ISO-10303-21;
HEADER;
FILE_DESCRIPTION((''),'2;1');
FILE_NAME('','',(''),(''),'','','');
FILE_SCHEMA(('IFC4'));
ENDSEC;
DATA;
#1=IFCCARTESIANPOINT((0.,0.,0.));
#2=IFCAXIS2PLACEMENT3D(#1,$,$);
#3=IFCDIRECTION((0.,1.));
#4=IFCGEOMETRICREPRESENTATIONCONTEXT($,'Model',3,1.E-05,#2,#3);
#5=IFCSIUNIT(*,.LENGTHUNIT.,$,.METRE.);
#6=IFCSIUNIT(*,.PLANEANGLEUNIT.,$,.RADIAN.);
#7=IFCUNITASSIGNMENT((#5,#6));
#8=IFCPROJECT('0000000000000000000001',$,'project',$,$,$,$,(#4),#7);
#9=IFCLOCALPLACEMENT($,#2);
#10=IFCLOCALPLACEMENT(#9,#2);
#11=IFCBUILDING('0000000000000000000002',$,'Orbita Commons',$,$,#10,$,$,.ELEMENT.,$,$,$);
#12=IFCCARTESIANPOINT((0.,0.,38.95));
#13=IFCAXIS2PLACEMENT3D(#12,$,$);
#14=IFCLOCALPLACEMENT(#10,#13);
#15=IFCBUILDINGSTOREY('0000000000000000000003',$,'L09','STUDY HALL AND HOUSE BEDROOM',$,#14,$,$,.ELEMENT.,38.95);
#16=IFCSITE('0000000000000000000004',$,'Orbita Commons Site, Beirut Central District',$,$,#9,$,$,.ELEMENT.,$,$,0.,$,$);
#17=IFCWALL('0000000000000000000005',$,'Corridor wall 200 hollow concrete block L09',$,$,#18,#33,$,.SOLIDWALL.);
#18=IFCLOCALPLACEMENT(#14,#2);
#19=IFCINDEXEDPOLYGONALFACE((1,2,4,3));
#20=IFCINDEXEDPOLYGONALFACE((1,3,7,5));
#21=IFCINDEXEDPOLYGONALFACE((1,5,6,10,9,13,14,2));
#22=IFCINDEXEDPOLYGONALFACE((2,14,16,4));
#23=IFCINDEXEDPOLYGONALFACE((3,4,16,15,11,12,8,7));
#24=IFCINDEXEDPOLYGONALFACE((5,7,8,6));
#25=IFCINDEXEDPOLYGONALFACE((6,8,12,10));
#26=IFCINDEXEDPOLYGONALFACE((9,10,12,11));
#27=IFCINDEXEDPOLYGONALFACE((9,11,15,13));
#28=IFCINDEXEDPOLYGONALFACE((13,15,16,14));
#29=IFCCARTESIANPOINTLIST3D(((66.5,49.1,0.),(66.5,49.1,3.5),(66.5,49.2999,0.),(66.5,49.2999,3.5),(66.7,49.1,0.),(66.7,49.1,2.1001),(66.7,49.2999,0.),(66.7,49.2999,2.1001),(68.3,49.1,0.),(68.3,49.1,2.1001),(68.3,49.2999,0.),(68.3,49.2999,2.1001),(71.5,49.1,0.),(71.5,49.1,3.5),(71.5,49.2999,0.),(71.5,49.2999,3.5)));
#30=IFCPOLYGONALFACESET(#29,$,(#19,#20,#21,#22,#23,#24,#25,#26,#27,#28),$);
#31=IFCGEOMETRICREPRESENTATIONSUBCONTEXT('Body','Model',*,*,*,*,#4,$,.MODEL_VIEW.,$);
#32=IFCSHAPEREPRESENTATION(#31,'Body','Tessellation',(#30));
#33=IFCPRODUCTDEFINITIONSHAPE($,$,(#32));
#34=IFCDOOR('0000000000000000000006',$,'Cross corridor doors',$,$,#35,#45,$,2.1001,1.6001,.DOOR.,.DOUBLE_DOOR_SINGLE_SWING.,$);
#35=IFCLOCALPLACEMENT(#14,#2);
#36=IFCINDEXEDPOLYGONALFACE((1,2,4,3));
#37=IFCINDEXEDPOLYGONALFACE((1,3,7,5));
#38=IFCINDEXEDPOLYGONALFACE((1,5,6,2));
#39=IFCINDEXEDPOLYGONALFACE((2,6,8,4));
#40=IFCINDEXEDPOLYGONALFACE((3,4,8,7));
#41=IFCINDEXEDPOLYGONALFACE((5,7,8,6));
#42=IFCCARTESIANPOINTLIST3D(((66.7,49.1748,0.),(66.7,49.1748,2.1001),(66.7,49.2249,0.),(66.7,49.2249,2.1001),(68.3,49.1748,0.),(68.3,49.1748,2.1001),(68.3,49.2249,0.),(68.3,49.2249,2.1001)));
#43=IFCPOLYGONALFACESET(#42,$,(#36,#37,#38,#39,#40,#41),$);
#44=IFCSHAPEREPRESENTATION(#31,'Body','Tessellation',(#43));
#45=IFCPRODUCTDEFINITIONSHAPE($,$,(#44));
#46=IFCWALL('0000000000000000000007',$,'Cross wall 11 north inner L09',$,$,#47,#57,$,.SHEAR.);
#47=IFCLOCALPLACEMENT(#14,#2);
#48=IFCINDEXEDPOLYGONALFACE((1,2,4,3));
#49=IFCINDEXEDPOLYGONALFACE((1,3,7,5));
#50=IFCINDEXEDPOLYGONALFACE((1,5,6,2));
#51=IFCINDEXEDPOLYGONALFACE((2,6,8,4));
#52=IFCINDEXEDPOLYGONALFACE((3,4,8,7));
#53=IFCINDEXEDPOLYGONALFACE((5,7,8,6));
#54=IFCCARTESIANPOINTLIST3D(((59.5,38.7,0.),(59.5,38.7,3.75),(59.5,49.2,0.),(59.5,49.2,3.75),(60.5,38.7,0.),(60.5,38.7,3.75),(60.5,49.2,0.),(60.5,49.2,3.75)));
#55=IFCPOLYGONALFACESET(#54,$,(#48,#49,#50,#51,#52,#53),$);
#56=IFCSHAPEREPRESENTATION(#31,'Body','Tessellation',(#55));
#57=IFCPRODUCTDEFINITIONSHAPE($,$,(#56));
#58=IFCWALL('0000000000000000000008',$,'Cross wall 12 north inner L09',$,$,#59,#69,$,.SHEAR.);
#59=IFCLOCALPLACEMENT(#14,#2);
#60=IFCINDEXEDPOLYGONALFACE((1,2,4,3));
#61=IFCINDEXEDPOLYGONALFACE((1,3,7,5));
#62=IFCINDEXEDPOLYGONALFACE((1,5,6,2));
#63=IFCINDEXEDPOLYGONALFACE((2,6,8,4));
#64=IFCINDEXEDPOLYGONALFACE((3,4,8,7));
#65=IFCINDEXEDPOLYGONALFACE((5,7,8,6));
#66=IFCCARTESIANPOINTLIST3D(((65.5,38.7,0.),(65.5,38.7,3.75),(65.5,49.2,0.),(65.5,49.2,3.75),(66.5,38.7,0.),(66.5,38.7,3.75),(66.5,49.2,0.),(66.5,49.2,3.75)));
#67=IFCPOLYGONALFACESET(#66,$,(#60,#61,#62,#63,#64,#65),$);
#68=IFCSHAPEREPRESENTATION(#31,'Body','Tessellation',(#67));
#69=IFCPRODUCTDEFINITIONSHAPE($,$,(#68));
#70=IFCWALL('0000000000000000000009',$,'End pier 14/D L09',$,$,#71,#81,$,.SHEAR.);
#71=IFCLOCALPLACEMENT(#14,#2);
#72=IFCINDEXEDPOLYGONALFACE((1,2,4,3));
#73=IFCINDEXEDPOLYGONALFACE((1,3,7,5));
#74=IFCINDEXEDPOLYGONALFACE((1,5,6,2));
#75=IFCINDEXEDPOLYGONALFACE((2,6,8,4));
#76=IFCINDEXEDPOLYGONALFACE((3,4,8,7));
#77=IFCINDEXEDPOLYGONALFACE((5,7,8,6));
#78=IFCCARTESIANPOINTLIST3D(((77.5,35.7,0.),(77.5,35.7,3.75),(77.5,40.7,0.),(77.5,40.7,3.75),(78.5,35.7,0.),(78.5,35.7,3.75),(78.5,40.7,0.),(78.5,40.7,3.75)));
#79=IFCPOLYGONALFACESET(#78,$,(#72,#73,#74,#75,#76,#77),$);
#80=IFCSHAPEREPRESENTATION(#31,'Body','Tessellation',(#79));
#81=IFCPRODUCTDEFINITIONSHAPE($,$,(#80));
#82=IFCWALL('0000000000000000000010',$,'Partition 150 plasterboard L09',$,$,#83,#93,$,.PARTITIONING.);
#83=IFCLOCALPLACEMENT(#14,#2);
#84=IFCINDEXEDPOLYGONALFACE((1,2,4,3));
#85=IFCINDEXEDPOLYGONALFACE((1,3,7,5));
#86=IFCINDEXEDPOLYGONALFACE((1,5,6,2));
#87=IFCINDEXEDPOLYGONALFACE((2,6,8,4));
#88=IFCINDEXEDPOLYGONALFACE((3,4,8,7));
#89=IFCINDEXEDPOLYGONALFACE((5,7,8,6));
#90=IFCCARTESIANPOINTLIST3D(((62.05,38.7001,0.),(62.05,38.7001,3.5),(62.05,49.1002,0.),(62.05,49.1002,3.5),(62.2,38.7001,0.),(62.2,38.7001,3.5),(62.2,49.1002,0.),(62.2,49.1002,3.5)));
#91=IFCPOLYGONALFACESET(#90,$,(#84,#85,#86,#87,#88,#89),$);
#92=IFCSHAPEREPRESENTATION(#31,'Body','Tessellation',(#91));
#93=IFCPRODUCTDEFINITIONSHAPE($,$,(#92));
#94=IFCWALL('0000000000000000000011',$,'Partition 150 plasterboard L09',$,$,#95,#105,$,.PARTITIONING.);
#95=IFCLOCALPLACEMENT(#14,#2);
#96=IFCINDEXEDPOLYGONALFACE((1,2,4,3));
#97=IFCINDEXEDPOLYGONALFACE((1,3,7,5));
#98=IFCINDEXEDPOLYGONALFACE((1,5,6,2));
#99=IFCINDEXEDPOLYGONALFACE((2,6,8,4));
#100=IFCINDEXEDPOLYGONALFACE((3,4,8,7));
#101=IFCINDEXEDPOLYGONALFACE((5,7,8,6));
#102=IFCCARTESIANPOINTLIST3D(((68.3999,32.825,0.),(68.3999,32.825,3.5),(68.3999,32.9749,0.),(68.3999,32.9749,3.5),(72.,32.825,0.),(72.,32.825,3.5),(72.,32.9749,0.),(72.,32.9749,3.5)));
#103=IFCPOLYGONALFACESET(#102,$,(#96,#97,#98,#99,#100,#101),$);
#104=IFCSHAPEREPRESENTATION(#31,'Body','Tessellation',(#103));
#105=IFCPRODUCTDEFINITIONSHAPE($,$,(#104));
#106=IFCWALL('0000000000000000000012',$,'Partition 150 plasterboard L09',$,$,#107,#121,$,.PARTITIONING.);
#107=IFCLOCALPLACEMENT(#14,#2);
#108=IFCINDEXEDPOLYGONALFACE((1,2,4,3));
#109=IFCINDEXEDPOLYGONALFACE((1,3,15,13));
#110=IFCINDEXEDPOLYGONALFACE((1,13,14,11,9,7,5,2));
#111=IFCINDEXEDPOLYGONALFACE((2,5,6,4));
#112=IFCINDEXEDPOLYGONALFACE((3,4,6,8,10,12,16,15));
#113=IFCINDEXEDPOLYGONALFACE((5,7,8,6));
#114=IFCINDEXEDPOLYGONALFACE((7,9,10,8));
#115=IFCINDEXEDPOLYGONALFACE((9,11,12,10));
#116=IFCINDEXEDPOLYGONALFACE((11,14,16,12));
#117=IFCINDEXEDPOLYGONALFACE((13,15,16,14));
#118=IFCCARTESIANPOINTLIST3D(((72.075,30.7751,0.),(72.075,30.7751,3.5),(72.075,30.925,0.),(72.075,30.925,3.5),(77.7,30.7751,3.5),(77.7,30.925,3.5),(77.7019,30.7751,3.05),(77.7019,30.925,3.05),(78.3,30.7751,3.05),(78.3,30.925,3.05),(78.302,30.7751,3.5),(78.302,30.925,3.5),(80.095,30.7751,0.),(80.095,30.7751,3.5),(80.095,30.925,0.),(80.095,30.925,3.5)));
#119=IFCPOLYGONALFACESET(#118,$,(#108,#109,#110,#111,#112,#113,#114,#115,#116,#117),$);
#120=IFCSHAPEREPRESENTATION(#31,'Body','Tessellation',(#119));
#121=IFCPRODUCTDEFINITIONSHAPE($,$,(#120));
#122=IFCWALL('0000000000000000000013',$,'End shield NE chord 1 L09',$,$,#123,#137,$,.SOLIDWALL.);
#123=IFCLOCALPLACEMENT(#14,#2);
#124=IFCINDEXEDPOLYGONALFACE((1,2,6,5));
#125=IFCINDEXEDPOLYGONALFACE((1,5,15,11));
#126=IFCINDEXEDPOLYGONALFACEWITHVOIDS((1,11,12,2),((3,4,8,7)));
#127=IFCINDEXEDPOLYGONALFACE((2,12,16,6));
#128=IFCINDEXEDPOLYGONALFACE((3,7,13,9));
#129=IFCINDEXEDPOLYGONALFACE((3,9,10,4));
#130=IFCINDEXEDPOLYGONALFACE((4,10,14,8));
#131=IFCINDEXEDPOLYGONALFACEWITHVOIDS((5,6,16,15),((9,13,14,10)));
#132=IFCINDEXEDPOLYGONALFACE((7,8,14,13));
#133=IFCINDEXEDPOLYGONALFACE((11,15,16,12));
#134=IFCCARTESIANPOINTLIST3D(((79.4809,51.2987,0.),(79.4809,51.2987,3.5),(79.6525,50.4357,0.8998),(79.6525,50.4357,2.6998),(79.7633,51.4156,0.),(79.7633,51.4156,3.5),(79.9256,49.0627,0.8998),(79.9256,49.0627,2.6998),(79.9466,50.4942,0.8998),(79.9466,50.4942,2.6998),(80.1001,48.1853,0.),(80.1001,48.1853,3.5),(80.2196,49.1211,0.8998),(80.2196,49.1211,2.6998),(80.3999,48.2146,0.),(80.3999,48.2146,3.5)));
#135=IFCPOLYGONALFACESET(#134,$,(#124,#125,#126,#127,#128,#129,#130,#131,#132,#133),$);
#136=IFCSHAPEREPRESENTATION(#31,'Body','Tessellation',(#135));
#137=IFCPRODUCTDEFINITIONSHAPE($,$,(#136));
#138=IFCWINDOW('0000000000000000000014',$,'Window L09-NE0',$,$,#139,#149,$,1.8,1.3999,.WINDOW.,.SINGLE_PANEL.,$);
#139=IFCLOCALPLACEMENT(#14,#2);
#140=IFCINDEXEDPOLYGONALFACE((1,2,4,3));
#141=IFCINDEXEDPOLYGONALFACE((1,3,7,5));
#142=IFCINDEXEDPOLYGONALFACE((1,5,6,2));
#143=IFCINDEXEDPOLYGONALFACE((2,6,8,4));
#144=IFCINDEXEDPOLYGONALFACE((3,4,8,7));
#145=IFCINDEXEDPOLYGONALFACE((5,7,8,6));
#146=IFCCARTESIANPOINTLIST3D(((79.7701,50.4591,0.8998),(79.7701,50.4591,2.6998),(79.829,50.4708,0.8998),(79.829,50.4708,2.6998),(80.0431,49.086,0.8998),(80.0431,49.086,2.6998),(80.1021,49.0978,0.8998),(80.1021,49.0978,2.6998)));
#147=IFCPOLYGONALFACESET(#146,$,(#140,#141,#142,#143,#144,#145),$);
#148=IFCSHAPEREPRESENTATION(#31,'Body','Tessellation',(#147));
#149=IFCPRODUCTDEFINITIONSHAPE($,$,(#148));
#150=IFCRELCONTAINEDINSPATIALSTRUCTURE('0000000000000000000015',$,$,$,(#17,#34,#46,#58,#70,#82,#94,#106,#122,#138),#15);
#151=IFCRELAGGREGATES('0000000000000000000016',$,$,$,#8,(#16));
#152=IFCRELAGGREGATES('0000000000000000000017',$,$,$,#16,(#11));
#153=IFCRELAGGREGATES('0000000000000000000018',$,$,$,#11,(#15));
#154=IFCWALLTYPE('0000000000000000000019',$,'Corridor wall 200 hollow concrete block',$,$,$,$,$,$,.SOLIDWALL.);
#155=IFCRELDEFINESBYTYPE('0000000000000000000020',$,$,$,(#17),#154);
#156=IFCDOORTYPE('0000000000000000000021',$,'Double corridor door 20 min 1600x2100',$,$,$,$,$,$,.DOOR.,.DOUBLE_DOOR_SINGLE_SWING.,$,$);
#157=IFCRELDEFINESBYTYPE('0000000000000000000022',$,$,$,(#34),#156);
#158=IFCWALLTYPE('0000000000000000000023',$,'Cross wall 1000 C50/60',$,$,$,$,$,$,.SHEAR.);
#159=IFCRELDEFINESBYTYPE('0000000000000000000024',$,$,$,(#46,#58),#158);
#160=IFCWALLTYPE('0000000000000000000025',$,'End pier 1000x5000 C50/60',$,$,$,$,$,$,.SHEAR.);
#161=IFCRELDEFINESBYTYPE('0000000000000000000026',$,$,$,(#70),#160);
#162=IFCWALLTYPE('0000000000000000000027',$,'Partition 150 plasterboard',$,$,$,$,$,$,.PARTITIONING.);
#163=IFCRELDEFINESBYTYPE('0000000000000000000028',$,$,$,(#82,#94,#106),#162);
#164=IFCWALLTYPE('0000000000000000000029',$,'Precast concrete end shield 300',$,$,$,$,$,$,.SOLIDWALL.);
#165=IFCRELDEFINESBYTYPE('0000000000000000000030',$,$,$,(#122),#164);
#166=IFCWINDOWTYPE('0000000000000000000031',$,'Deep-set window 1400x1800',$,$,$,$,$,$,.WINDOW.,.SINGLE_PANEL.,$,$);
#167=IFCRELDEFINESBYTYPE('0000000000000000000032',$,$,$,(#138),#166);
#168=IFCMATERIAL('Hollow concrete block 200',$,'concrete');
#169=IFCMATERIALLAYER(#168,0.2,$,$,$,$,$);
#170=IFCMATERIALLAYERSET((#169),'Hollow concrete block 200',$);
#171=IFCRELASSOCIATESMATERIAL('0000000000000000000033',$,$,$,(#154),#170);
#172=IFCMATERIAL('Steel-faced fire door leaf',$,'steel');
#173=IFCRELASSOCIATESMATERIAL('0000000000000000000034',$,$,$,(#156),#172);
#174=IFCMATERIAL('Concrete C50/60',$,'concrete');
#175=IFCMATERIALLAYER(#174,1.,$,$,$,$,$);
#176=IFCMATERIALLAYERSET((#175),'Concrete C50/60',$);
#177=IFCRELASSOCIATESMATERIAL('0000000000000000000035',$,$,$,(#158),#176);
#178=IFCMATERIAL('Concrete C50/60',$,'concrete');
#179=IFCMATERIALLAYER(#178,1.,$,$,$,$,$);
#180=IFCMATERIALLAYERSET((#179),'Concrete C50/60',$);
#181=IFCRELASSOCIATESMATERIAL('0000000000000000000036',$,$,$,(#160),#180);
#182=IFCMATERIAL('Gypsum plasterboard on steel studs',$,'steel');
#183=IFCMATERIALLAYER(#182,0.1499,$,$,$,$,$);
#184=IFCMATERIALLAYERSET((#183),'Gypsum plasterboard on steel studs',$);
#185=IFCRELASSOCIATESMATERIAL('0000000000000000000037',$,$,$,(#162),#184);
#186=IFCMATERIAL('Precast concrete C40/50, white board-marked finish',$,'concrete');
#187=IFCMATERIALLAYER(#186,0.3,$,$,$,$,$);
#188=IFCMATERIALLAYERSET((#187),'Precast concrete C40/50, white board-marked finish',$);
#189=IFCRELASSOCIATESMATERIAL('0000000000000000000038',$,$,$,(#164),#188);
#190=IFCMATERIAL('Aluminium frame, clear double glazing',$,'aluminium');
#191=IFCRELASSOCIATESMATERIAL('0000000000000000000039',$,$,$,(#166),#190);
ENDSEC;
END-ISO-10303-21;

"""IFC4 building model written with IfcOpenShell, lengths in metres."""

from ifc_helpers import new_model, si_unit, direction, frame, frame_2d, origin, place, context, subcontext, project, spatial, polyline, rectangle, outline, extrude, material, layer, layer_set, type_object, element, fill, save


model = new_model("IFC4")

# Units and contexts
model_context = context("Model", 3, precision=1e-05, world=origin(), true_north=direction((0.0, 1.0)))
body_context = subcontext(model_context, "Body", "Model", "MODEL_VIEW")
ifc_project = project(units=[si_unit("LENGTHUNIT", "METRE"), si_unit("PLANEANGLEUNIT", "RADIAN")], contexts=[model_context])

# Site, building, storey
site_placement = place(None, origin())
site = spatial("IfcSite", under=ifc_project, at=site_placement, Name="Orbita Commons Site, Beirut Central District", CompositionType="ELEMENT", RefElevation=0.0)
building_placement = place(site_placement, origin())
building = spatial("IfcBuilding", under=site, at=building_placement, Name="Orbita Commons", CompositionType="ELEMENT")
storey_placement = place(building_placement, frame((0.0, 0.0, 38.95)))
storey = spatial("IfcBuildingStorey", under=building, at=storey_placement, Name="L09", Description="STUDY HALL AND HOUSE BEDROOM", CompositionType="ELEMENT", Elevation=38.95)

# Shared definitions
ifc_material_1 = material(Name="Hollow concrete block 200", Category="concrete")
ifc_layer_1 = layer(ifc_material_1, 0.2)
ifc_layer_set_1 = layer_set([ifc_layer_1], Name="Hollow concrete block 200")
wall_type_1 = type_object("IfcWallType", Name="Corridor wall 200 hollow concrete block", PredefinedType="SOLIDWALL", material=ifc_layer_set_1)

# Wall, opening, door
wall_1_placement = place(storey_placement, frame((66.5, 49.2, 0.0), z_axis=(0.0, 0.0, 1.0), x_axis=(1.0, 0.0, 0.0)))
wall_1 = element("IfcWall", 1, at=wall_1_placement, inside=storey, type_object=wall_type_1, Name="Corridor wall 200 hollow concrete block L09", PredefinedType="SOLIDWALL", context=body_context, shape_type="SweptSolid", body=[
    extrude(rectangle(XDim=5.0, YDim=0.2, at=frame_2d((2.5, 0.0))), origin(), (0.0, 0.0, 1.0), 3.5),
])
opening_1_placement = place(wall_1_placement, frame((0.2, 0.0, 0.0)))
opening_1 = element("IfcOpeningElement", 2, at=opening_1_placement, cuts=wall_1, PredefinedType="OPENING", context=body_context, shape_type="SweptSolid", body=[
    extrude(rectangle(XDim=1.6001, YDim=2.1001, at=frame_2d((0.8, 1.05))), frame((0.0, 0.1099, 0.0), z_axis=(0.0, -1.0, 0.0), x_axis=(1.0, 0.0, 0.0)), (0.0, 0.0, 1.0), 0.22),
])
ifc_material_2 = material(Name="Steel-faced fire door leaf", Category="steel")
door_type_1 = type_object("IfcDoorType", Name="Double corridor door 20 min 1600x2100", OperationType="DOUBLE_DOOR_SINGLE_SWING", PredefinedType="DOOR", material=ifc_material_2)
door_1_placement = place(opening_1_placement, origin())
door_1 = element("IfcDoor", 3, at=door_1_placement, inside=storey, type_object=door_type_1, Name="Cross corridor doors", OperationType="DOUBLE_DOOR_SINGLE_SWING", OverallHeight=2.1001, OverallWidth=1.6001, PredefinedType="DOOR", context=body_context, shape_type="SweptSolid", body=[
    extrude(rectangle(XDim=1.6001, YDim=2.1001, at=frame_2d((0.8, 1.05))), frame((0.0, 0.0249, 0.0), z_axis=(0.0, -1.0, 0.0), x_axis=(1.0, 0.0, 0.0)), (0.0, 0.0, 1.0), 0.05),
])
fill(opening_1, door_1)

# Walls
ifc_material_3 = material(Name="Concrete C50/60", Category="concrete")
ifc_layer_2 = layer(ifc_material_3, 1.0)
ifc_layer_set_2 = layer_set([ifc_layer_2], Name="Concrete C50/60")
wall_type_2 = type_object("IfcWallType", Name="Cross wall 1000 C50/60", PredefinedType="SHEAR", material=ifc_layer_set_2)
for number, where, z_axis, x_axis, name in (
    (4, (60.0, 38.7, 0.0), (0.0, 0.0, 1.0), (0.0, 1.0, 0.0), "Cross wall 11 north inner L09"),
    (5, (66.0, 38.7, 0.0), (0.0, 0.0, 1.0), (0.0, 1.0, 0.0), "Cross wall 12 north inner L09"),
):
    element("IfcWall", number, at=place(storey_placement, frame(where, z_axis=z_axis, x_axis=x_axis)), inside=storey, type_object=wall_type_2, Name=name, PredefinedType="SHEAR", context=body_context, shape_type="SweptSolid", body=[
        extrude(rectangle(XDim=10.5, YDim=1.0, at=frame_2d((5.25, 0.0))), origin(), (0.0, 0.0, 1.0), 3.75),
    ])
ifc_material_4 = material(Name="Concrete C50/60", Category="concrete")
ifc_layer_3 = layer(ifc_material_4, 1.0)
ifc_layer_set_3 = layer_set([ifc_layer_3], Name="Concrete C50/60")
wall_type_3 = type_object("IfcWallType", Name="End pier 1000x5000 C50/60", PredefinedType="SHEAR", material=ifc_layer_set_3)
wall_2_placement = place(storey_placement, frame((78.0, 35.7, 0.0), z_axis=(0.0, 0.0, 1.0), x_axis=(0.0, 1.0, 0.0)))
element("IfcWall", 6, at=wall_2_placement, inside=storey, type_object=wall_type_3, Name="End pier 14/D L09", PredefinedType="SHEAR", context=body_context, shape_type="SweptSolid", body=[
    extrude(rectangle(XDim=5.0, YDim=1.0, at=frame_2d((2.5, 0.0))), origin(), (0.0, 0.0, 1.0), 3.75),
])
ifc_material_5 = material(Name="Gypsum plasterboard on steel studs", Category="steel")
ifc_layer_4 = layer(ifc_material_5, 0.1499)
ifc_layer_set_4 = layer_set([ifc_layer_4], Name="Gypsum plasterboard on steel studs")
wall_type_4 = type_object("IfcWallType", Name="Partition 150 plasterboard", PredefinedType="PARTITIONING", material=ifc_layer_set_4)
wall_3_placement = place(storey_placement, frame((62.125, 38.7, 0.0), z_axis=(0.0, 0.0, 1.0), x_axis=(0.0, 1.0, 0.0)))
element("IfcWall", 7, at=wall_3_placement, inside=storey, type_object=wall_type_4, Name="Partition 150 plasterboard L09", PredefinedType="PARTITIONING", context=body_context, shape_type="SweptSolid", body=[
    extrude(rectangle(XDim=10.4001, YDim=0.1499, at=frame_2d((5.2002, 0.0))), origin(), (0.0, 0.0, 1.0), 3.5),
])
wall_4_placement = place(storey_placement, frame((68.3999, 32.8999, 0.0), z_axis=(0.0, 0.0, 1.0), x_axis=(1.0, 0.0, 0.0)))
element("IfcWall", 8, at=wall_4_placement, inside=storey, type_object=wall_type_4, Name="Partition 150 plasterboard L09", PredefinedType="PARTITIONING", context=body_context, shape_type="SweptSolid", body=[
    extrude(rectangle(XDim=3.6001, YDim=0.1499, at=frame_2d((1.8, 0.0))), origin(), (0.0, 0.0, 1.0), 3.5),
])
wall_5_placement = place(storey_placement, frame((72.075, 30.8501, 0.0), z_axis=(0.0, 0.0, 1.0), x_axis=(1.0, 0.0, 0.0)))
element("IfcWall", 9, at=wall_5_placement, inside=storey, type_object=wall_type_4, Name="Partition 150 plasterboard L09", PredefinedType="PARTITIONING", context=body_context, shape_type="SweptSolid", body=[
    extrude(outline(polyline([(0.0, 0.0), (8.02, 0.0), (8.02, 3.5), (6.2271, 3.5), (6.2251, 3.05), (5.627, 3.05), (5.625, 3.5), (0.0, 3.5), (0.0, 0.0)])), frame((0.0, 0.075, 0.0), z_axis=(0.0, -1.0, 0.0), x_axis=(1.0, 0.0, 0.0)), (0.0, 0.0, 1.0), 0.1499),
])

# Wall, opening, window
ifc_material_6 = material(Name="Precast concrete C40/50, white board-marked finish", Category="concrete")
ifc_layer_5 = layer(ifc_material_6, 0.3)
ifc_layer_set_5 = layer_set([ifc_layer_5], Name="Precast concrete C40/50, white board-marked finish")
wall_type_5 = type_object("IfcWallType", Name="Precast concrete end shield 300", PredefinedType="SOLIDWALL", material=ifc_layer_set_5)
wall_6_placement = place(storey_placement, frame((80.25, 48.2, 0.0), z_axis=(0.0, 0.0, 1.0), x_axis=(-0.195066, 0.98079, 0.0)))
wall_6 = element("IfcWall", 10, at=wall_6_placement, inside=storey, type_object=wall_type_5, Name="End shield NE chord 1 L09", PredefinedType="SOLIDWALL", context=body_context, shape_type="SweptSolid", body=[
    extrude(outline(polyline([(-0.0149, -0.1499), (3.2488, -0.1499), (3.1892, 0.1499), (0.0149, 0.1499), (-0.0149, -0.1499)])), origin(), (0.0, 0.0, 1.0), 3.5),
])
opening_2_placement = place(wall_6_placement, frame((0.9094, 0.0, 0.8999)))
opening_2 = element("IfcOpeningElement", 11, at=opening_2_placement, cuts=wall_6, PredefinedType="OPENING", context=body_context, shape_type="SweptSolid", body=[
    extrude(rectangle(XDim=1.3999, YDim=1.8, at=frame_2d((0.7, 0.8999))), frame((0.0, 0.1599, 0.0), z_axis=(0.0, -1.0, 0.0), x_axis=(1.0, 0.0, 0.0)), (0.0, 0.0, 1.0), 0.3201),
])
ifc_material_7 = material(Name="Aluminium frame, clear double glazing", Category="aluminium")
window_type = type_object("IfcWindowType", Name="Deep-set window 1400x1800", PartitioningType="SINGLE_PANEL", PredefinedType="WINDOW", material=ifc_material_7)
window_placement = place(opening_2_placement, origin())
window = element("IfcWindow", 12, at=window_placement, inside=storey, type_object=window_type, Name="Window L09-NE0", OverallHeight=1.8, OverallWidth=1.3999, PartitioningType="SINGLE_PANEL", PredefinedType="WINDOW", context=body_context, shape_type="SweptSolid", body=[
    extrude(rectangle(XDim=1.3999, YDim=1.8, at=frame_2d((0.7, 0.8999))), frame((0.0, 0.03, 0.0), z_axis=(0.0, -1.0, 0.0), x_axis=(1.0, 0.0, 0.0)), (0.0, 0.0, 1.0), 0.0601),
])
fill(opening_2, window)

save(model, "model.ifc")
